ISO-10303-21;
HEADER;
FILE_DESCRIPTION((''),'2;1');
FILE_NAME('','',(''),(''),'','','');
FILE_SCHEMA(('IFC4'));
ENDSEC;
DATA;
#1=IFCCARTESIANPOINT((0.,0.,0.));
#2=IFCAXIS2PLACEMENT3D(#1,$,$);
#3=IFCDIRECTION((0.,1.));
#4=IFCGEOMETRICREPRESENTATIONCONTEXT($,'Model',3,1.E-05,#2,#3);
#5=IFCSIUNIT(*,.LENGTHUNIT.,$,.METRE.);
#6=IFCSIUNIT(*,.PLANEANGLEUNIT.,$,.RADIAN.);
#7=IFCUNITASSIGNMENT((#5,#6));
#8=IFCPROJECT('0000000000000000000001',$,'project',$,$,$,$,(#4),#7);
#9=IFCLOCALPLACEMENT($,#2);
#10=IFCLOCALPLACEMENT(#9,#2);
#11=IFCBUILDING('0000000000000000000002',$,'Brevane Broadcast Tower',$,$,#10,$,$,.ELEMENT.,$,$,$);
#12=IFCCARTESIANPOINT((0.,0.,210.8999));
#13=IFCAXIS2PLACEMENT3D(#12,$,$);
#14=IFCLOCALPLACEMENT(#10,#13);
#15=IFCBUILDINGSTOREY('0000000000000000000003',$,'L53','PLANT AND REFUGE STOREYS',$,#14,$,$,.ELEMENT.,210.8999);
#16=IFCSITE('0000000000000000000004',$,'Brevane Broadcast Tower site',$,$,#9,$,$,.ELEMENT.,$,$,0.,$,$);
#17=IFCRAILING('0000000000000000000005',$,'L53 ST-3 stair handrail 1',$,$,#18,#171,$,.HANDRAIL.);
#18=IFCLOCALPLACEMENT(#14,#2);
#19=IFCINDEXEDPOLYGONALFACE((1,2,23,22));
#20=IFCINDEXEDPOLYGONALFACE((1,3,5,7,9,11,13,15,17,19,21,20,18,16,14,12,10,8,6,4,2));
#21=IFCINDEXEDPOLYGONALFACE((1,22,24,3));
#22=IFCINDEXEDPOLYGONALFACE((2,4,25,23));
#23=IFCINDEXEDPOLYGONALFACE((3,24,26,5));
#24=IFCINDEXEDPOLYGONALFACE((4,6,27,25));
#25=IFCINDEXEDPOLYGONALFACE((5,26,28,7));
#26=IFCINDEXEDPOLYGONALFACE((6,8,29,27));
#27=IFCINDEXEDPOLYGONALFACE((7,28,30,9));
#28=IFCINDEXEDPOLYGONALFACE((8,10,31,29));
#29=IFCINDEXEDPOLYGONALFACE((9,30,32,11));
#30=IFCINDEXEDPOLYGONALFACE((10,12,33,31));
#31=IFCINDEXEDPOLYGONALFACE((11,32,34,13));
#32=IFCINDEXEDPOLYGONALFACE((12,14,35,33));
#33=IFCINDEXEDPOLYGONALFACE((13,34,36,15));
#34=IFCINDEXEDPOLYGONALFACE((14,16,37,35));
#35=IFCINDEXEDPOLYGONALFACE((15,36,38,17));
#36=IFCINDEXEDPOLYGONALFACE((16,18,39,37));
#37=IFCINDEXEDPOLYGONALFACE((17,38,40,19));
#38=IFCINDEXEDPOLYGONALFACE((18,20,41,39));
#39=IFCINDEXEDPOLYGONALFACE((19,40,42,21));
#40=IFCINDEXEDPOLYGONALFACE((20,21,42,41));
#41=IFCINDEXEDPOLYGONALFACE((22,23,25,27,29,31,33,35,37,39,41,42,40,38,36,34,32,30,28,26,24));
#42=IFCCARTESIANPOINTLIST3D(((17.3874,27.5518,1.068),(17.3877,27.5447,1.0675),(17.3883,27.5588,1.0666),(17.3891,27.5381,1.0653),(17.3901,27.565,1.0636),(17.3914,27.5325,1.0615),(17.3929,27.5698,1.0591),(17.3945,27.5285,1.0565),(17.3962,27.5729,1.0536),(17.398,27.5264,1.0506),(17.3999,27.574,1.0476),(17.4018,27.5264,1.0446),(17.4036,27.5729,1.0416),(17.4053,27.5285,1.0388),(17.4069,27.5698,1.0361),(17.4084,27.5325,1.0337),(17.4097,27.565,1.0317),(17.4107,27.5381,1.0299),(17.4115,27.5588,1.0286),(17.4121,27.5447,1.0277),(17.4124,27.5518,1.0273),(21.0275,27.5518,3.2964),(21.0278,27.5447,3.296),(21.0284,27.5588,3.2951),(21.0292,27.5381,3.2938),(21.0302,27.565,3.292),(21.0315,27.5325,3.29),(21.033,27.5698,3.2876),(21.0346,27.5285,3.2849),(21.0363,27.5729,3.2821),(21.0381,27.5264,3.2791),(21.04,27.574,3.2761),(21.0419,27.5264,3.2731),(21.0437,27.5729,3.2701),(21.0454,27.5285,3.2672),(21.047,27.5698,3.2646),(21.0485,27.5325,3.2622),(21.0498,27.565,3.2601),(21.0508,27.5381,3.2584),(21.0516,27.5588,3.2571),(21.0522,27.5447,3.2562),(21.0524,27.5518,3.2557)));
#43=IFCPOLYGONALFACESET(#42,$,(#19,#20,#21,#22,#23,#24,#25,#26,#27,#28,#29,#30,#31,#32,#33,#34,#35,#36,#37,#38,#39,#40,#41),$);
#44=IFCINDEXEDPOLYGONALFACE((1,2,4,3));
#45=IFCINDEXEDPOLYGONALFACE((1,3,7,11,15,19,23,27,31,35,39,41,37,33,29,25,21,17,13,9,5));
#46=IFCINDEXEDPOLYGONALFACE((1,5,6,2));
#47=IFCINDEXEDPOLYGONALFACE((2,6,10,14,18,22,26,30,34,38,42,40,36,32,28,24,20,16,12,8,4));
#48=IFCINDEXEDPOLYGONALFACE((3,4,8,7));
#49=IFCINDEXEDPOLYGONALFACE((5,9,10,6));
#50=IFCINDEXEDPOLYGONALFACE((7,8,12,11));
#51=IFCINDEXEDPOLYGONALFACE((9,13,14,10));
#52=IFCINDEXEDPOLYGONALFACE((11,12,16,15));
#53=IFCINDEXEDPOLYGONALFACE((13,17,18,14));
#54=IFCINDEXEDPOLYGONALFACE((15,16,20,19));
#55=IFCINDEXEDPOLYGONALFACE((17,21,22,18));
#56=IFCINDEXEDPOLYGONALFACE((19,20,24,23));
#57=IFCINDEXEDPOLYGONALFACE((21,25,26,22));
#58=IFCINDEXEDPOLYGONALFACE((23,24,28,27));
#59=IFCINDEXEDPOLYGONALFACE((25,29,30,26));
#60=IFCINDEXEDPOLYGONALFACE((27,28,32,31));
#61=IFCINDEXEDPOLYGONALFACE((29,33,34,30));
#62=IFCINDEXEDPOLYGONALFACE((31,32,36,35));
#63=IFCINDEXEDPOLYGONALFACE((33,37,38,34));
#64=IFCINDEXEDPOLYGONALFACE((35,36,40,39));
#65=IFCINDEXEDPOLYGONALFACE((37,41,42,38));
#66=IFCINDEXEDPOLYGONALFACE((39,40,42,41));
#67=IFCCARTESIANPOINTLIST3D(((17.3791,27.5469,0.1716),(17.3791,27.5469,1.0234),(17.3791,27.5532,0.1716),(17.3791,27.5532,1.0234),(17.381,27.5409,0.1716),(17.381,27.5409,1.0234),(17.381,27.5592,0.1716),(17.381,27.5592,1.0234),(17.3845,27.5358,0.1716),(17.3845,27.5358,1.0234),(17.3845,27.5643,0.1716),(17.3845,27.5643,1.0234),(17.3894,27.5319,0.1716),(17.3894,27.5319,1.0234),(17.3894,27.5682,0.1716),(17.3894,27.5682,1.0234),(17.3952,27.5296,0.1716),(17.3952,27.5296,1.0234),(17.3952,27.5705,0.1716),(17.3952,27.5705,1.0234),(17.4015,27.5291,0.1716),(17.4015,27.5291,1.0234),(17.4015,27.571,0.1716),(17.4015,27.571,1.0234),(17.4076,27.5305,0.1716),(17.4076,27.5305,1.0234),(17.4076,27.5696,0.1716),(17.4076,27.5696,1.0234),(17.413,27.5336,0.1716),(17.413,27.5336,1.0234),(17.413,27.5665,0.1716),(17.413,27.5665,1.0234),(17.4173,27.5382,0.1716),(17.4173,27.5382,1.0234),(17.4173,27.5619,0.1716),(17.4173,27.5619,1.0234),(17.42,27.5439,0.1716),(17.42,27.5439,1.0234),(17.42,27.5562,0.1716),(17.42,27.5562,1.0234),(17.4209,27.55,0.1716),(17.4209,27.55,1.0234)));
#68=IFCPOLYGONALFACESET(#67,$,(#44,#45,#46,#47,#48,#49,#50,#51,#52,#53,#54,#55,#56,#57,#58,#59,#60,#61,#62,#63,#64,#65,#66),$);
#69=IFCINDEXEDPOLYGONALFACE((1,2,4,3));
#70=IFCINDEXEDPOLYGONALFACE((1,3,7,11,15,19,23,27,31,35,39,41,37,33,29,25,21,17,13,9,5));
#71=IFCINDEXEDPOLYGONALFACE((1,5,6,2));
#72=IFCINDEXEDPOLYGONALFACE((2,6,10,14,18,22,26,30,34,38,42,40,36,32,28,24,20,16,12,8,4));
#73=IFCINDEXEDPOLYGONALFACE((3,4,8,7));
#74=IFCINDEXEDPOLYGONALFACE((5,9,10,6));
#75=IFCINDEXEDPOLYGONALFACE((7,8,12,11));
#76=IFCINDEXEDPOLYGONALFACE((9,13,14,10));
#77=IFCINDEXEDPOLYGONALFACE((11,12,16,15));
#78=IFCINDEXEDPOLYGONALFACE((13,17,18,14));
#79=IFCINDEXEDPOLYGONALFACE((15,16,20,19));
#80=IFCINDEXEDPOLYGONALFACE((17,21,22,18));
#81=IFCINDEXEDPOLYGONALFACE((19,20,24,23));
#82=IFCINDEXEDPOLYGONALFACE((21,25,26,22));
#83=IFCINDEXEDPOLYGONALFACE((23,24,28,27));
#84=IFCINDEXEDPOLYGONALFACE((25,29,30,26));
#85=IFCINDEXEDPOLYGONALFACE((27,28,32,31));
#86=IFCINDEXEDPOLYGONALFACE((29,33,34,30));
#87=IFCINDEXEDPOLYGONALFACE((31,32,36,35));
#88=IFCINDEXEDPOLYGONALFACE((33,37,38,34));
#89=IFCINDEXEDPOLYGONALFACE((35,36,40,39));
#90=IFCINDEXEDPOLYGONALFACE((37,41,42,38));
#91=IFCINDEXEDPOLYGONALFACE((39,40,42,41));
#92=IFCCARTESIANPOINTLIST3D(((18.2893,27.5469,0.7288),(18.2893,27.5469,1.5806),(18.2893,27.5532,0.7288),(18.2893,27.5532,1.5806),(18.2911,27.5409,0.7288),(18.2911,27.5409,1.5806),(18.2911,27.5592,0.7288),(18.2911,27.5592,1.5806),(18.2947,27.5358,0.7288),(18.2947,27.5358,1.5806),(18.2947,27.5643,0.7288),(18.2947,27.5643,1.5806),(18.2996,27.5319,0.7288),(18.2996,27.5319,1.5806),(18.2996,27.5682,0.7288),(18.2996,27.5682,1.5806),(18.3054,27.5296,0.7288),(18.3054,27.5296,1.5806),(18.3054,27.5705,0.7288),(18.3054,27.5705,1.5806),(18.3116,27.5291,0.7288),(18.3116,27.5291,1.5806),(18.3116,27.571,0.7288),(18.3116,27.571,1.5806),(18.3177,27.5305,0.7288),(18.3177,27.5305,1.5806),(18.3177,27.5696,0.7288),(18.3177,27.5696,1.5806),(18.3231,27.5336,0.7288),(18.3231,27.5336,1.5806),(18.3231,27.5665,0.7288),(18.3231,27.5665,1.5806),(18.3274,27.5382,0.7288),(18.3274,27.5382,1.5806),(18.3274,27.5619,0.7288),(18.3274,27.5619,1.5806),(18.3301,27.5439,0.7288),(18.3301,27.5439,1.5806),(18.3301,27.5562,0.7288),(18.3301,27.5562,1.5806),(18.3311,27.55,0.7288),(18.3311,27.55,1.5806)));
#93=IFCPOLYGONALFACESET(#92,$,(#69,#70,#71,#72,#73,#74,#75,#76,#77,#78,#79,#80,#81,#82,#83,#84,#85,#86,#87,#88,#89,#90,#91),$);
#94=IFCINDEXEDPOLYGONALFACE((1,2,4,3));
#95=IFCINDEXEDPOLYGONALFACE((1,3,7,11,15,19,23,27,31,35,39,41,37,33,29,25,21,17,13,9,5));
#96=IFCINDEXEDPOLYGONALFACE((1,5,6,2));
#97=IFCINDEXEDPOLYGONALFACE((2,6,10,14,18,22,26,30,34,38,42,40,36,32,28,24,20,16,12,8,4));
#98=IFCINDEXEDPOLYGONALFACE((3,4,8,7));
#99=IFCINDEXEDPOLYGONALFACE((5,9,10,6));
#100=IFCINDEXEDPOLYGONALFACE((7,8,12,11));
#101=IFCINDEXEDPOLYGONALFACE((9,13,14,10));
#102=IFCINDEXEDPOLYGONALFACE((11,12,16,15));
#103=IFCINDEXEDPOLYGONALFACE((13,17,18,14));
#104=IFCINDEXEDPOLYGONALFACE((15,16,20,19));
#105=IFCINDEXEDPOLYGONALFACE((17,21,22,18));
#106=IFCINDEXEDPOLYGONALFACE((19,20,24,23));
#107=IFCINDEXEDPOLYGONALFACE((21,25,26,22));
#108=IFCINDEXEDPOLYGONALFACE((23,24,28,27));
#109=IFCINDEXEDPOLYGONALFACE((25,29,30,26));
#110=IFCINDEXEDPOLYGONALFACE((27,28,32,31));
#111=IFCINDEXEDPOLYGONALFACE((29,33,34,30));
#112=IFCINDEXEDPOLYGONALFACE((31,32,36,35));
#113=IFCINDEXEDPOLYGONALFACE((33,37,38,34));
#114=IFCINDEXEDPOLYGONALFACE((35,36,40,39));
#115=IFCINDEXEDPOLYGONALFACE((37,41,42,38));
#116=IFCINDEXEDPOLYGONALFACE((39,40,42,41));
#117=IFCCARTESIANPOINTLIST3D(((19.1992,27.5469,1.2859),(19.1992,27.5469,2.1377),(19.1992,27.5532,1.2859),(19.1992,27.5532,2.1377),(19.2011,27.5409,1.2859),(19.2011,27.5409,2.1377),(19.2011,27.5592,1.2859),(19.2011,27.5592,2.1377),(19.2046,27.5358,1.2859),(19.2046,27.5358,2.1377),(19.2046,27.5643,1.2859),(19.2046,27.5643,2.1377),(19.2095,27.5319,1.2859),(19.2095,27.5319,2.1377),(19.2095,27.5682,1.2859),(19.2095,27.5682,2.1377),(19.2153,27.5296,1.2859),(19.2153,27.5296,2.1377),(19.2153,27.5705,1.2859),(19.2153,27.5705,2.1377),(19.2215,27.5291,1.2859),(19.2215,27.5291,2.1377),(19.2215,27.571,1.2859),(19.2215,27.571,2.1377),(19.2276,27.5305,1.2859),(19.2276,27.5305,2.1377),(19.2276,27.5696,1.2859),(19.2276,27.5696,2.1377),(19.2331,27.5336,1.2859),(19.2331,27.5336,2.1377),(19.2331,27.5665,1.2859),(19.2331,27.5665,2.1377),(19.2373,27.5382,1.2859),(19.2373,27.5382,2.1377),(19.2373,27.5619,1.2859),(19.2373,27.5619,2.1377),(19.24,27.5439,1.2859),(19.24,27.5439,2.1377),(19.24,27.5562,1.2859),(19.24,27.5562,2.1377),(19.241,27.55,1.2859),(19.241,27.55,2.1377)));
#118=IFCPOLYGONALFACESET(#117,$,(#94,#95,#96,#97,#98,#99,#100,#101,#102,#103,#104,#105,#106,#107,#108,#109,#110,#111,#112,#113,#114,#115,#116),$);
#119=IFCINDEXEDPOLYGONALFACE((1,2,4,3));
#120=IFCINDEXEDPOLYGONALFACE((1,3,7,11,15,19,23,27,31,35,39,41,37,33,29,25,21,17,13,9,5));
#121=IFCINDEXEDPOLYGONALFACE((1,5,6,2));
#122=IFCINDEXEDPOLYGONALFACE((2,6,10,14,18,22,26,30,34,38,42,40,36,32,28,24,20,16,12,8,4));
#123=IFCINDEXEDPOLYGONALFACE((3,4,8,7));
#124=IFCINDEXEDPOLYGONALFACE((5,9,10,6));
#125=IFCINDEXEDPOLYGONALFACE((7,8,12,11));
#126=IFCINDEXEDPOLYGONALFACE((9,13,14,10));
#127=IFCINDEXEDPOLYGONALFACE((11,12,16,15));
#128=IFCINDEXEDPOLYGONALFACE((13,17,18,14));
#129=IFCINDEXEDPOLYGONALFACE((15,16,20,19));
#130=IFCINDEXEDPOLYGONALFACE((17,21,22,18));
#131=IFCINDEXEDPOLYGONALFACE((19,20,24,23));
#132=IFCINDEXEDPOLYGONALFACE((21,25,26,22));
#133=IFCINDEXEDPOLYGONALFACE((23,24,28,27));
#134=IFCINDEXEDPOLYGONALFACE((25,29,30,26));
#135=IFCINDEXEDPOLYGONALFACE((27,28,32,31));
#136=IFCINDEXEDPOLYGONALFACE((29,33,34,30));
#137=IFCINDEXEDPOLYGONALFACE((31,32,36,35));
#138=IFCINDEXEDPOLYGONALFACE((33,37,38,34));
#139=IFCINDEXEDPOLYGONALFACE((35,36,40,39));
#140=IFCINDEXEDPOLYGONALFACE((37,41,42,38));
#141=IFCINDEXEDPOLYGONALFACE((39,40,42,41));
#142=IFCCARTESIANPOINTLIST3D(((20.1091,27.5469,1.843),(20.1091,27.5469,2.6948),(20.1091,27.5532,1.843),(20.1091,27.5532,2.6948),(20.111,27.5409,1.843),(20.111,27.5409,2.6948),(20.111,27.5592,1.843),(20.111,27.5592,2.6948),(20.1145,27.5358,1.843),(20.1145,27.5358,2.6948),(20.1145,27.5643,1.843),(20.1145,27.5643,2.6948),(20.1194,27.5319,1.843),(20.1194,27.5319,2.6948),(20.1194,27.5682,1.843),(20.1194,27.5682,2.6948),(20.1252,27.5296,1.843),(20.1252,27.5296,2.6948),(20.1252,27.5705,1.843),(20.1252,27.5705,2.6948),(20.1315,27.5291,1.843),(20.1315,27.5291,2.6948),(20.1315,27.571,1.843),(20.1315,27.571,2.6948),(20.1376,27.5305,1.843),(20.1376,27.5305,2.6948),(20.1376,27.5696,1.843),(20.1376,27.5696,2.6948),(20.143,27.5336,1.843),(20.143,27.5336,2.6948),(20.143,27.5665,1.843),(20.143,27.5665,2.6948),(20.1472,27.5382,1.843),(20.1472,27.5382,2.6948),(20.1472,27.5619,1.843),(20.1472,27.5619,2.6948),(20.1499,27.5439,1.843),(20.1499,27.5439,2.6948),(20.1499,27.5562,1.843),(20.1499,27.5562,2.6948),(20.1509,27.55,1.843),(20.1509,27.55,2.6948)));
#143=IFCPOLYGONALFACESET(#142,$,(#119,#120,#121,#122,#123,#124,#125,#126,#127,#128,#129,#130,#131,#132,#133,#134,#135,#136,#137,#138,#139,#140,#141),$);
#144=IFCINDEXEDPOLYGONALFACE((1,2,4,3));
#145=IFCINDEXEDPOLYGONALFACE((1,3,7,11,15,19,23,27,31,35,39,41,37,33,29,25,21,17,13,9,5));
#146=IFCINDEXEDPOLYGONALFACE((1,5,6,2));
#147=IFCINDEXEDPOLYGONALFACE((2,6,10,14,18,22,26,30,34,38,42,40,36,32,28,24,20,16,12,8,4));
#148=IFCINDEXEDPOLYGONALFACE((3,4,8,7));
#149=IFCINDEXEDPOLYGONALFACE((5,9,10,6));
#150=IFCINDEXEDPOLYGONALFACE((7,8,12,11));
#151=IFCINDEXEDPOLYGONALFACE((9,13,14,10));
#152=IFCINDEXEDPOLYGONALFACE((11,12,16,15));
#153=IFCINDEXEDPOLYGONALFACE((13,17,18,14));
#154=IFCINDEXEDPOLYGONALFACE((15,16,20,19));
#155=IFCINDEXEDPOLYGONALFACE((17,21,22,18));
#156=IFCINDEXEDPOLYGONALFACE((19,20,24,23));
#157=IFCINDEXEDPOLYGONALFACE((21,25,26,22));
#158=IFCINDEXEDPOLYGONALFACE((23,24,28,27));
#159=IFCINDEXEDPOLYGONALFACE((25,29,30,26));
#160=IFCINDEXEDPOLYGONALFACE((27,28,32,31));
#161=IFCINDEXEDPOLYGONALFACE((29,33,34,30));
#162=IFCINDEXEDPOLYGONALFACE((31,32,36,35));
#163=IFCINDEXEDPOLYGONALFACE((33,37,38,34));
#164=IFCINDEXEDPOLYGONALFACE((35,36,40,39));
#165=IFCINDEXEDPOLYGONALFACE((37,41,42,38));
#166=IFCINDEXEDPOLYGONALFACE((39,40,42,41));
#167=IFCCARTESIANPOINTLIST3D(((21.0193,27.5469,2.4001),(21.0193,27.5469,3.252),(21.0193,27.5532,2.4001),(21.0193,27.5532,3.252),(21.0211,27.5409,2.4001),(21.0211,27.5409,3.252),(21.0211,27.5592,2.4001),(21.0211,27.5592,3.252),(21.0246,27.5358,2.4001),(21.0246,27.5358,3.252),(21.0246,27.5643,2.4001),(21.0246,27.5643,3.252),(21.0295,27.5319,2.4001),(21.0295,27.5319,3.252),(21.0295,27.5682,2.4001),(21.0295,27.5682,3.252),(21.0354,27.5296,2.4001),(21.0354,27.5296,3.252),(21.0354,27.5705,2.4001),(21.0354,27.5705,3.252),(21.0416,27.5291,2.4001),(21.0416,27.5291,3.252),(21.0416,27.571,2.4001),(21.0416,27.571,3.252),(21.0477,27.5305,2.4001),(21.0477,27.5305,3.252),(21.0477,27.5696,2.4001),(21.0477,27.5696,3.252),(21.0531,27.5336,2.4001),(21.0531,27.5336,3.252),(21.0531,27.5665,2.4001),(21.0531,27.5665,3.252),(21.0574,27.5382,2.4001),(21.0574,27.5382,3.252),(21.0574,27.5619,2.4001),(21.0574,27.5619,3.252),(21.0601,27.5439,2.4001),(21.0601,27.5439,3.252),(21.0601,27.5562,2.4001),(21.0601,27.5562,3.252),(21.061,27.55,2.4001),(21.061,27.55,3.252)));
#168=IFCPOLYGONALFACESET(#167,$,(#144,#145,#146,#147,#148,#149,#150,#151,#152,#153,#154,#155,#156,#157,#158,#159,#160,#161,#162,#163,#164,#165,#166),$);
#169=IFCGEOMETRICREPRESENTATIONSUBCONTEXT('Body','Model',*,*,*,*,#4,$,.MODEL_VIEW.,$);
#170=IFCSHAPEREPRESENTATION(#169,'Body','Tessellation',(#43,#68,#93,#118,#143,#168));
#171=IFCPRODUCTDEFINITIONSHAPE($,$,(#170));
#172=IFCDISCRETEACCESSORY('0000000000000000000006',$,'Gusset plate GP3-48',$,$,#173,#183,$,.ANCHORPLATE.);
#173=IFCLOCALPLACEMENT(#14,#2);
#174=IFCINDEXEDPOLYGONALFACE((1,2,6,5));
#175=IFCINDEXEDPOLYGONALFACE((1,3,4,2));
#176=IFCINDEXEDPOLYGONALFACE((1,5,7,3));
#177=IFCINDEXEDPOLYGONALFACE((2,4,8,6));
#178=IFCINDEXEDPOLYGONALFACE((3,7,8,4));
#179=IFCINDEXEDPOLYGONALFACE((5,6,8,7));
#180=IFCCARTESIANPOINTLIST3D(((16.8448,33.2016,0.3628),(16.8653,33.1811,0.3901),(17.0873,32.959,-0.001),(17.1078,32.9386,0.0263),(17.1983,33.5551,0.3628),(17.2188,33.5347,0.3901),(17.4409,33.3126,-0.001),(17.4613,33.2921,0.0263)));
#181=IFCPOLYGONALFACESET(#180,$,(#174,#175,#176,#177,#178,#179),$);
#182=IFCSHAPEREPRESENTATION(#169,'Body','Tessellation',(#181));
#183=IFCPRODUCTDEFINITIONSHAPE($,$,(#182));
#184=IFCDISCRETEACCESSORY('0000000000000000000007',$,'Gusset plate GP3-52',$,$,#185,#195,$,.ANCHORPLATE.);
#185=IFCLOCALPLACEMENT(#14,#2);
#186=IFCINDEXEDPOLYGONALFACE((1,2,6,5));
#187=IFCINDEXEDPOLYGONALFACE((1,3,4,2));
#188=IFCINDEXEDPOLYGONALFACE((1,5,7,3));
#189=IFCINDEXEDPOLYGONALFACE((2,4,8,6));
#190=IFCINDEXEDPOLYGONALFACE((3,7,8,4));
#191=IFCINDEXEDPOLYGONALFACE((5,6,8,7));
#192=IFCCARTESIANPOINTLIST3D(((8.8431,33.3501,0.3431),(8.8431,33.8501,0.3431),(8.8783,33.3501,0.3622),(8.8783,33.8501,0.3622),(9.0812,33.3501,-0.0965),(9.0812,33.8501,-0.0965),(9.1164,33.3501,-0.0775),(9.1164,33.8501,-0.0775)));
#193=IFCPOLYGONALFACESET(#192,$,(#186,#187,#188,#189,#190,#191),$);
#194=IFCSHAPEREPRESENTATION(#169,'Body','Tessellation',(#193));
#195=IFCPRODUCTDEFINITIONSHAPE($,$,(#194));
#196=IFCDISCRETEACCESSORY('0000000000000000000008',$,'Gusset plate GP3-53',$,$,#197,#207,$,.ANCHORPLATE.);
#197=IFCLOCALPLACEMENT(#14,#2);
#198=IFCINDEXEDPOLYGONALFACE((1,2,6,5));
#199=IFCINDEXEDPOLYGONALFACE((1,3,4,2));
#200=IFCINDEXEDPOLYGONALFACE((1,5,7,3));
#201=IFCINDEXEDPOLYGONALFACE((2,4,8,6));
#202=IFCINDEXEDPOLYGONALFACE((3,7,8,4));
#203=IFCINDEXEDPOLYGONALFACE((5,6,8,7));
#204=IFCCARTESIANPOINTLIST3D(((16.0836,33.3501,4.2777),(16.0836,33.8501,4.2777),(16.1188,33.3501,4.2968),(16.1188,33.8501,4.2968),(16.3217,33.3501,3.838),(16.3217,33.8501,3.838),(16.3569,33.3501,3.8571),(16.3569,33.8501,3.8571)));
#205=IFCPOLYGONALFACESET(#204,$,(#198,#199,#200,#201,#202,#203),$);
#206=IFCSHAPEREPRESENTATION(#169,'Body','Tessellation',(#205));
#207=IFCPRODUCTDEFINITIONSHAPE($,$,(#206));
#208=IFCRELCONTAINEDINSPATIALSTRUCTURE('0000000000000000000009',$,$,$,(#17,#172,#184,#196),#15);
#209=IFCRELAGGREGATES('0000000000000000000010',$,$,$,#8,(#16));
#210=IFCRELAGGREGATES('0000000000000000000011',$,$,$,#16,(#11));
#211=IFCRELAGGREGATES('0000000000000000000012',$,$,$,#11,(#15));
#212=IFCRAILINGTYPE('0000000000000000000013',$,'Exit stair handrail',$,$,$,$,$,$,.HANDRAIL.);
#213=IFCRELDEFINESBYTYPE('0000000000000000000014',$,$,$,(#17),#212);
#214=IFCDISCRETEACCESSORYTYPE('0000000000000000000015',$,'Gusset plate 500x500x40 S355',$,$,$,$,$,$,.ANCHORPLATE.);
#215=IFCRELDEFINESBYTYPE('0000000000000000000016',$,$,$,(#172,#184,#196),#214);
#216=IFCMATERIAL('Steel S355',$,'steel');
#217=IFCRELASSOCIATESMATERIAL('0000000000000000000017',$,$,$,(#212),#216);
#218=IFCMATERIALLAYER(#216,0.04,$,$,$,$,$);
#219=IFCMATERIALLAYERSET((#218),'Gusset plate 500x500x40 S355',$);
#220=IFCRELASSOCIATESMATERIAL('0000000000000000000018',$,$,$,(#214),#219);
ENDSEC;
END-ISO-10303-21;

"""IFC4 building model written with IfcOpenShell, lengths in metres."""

from ifc_helpers import new_model, si_unit, direction, frame, origin, origin_2d, place, context, subcontext, project, spatial, rectangle, circle, extrude, material, layer, layer_set, type_object, element, save


model = new_model("IFC4")

# Units and contexts
model_context = context("Model", 3, precision=1e-05, world=origin(), true_north=direction((0.0, 1.0)))
body_context = subcontext(model_context, "Body", "Model", "MODEL_VIEW")
ifc_project = project(units=[si_unit("LENGTHUNIT", "METRE"), si_unit("PLANEANGLEUNIT", "RADIAN")], contexts=[model_context])

# Site, building, storey
site_placement = place(None, origin())
site = spatial("IfcSite", under=ifc_project, at=site_placement, Name="Brevane Broadcast Tower site", CompositionType="ELEMENT", RefElevation=0.0)
building_placement = place(site_placement, origin())
building = spatial("IfcBuilding", under=site, at=building_placement, Name="Brevane Broadcast Tower", CompositionType="ELEMENT")
storey_placement = place(building_placement, frame((0.0, 0.0, 210.8999)))
storey = spatial("IfcBuildingStorey", under=building, at=storey_placement, Name="L53", Description="PLANT AND REFUGE STOREYS", CompositionType="ELEMENT", Elevation=210.8999)

# Shared definitions
ifc_material_1 = material(Name="Steel S355", Category="steel")

# Railing
railing_type_1 = type_object("IfcRailingType", Name="Exit stair handrail", PredefinedType="HANDRAIL", material=ifc_material_1)
railing_1_placement = place(storey_placement, frame((17.3999, 27.55, 0.1716)))
element("IfcRailing", 1, at=railing_1_placement, inside=storey, type_object=railing_type_1, Name="L53 ST-3 stair handrail 1", PredefinedType="HANDRAIL", context=body_context, shape_type="SweptSolid", body=[
    extrude(circle(Radius=0.0239, at=origin_2d()), frame((0.0, 0.0, 0.876), z_axis=(0.852866, 0.0, 0.52213), x_axis=(0.0, 1.0, 0.0)), (0.0, 0.0, 1.0), 4.2681),
    extrude(circle(Radius=0.021, at=origin_2d()), origin(), (0.0, 0.0, 1.0), 0.8518),
    extrude(circle(Radius=0.021, at=origin_2d()), frame((0.9102, 0.0, 0.5571)), (0.0, 0.0, 1.0), 0.8518),
    extrude(circle(Radius=0.021, at=origin_2d()), frame((1.8201, 0.0, 1.1143)), (0.0, 0.0, 1.0), 0.8518),
    extrude(circle(Radius=0.021, at=origin_2d()), frame((2.73, 0.0, 1.6714)), (0.0, 0.0, 1.0), 0.8518),
    extrude(circle(Radius=0.021, at=origin_2d()), frame((3.6401, 0.0, 2.2285)), (0.0, 0.0, 1.0), 0.8518),
])

# Discrete accessories
ifc_layer_1 = layer(ifc_material_1, 0.04)
ifc_layer_set_1 = layer_set([ifc_layer_1], Name="Gusset plate 500x500x40 S355")
discrete_accessory_type = type_object("IfcDiscreteAccessoryType", Name="Gusset plate 500x500x40 S355", PredefinedType="ANCHORPLATE", material=ifc_layer_set_1)
discrete_accessory_placement = place(storey_placement, frame((17.1428, 33.2571, 0.1809), z_axis=(0.514496, -0.514496, 0.685994), x_axis=(0.707107, 0.707107, 0.0)))
element("IfcDiscreteAccessory", 2, at=discrete_accessory_placement, inside=storey, type_object=discrete_accessory_type, Name="Gusset plate GP3-48", PredefinedType="ANCHORPLATE", context=body_context, shape_type="SweptSolid", body=[
    extrude(rectangle(XDim=0.5, YDim=0.5, at=origin_2d()), origin(), (0.0, 0.0, 1.0), 0.0398),
])
for number, where, z_axis, x_axis, name in (
    (3, (8.9622, 33.6001, 0.1233), (0.879292, 0.0, 0.476283), (0.0, 1.0, 0.0), "Gusset plate GP3-52"),
    (4, (16.2026, 33.6001, 4.0579), (0.879292, 0.0, 0.476283), (0.0, 1.0, 0.0), "Gusset plate GP3-53"),
):
    element("IfcDiscreteAccessory", number, at=place(storey_placement, frame(where, z_axis=z_axis, x_axis=x_axis)), inside=storey, type_object=discrete_accessory_type, Name=name, PredefinedType="ANCHORPLATE", context=body_context, shape_type="SweptSolid", body=[
        extrude(rectangle(XDim=0.5, YDim=0.5, at=origin_2d()), origin(), (0.0, 0.0, 1.0), 0.04),
    ])

save(model, "model.ifc")
